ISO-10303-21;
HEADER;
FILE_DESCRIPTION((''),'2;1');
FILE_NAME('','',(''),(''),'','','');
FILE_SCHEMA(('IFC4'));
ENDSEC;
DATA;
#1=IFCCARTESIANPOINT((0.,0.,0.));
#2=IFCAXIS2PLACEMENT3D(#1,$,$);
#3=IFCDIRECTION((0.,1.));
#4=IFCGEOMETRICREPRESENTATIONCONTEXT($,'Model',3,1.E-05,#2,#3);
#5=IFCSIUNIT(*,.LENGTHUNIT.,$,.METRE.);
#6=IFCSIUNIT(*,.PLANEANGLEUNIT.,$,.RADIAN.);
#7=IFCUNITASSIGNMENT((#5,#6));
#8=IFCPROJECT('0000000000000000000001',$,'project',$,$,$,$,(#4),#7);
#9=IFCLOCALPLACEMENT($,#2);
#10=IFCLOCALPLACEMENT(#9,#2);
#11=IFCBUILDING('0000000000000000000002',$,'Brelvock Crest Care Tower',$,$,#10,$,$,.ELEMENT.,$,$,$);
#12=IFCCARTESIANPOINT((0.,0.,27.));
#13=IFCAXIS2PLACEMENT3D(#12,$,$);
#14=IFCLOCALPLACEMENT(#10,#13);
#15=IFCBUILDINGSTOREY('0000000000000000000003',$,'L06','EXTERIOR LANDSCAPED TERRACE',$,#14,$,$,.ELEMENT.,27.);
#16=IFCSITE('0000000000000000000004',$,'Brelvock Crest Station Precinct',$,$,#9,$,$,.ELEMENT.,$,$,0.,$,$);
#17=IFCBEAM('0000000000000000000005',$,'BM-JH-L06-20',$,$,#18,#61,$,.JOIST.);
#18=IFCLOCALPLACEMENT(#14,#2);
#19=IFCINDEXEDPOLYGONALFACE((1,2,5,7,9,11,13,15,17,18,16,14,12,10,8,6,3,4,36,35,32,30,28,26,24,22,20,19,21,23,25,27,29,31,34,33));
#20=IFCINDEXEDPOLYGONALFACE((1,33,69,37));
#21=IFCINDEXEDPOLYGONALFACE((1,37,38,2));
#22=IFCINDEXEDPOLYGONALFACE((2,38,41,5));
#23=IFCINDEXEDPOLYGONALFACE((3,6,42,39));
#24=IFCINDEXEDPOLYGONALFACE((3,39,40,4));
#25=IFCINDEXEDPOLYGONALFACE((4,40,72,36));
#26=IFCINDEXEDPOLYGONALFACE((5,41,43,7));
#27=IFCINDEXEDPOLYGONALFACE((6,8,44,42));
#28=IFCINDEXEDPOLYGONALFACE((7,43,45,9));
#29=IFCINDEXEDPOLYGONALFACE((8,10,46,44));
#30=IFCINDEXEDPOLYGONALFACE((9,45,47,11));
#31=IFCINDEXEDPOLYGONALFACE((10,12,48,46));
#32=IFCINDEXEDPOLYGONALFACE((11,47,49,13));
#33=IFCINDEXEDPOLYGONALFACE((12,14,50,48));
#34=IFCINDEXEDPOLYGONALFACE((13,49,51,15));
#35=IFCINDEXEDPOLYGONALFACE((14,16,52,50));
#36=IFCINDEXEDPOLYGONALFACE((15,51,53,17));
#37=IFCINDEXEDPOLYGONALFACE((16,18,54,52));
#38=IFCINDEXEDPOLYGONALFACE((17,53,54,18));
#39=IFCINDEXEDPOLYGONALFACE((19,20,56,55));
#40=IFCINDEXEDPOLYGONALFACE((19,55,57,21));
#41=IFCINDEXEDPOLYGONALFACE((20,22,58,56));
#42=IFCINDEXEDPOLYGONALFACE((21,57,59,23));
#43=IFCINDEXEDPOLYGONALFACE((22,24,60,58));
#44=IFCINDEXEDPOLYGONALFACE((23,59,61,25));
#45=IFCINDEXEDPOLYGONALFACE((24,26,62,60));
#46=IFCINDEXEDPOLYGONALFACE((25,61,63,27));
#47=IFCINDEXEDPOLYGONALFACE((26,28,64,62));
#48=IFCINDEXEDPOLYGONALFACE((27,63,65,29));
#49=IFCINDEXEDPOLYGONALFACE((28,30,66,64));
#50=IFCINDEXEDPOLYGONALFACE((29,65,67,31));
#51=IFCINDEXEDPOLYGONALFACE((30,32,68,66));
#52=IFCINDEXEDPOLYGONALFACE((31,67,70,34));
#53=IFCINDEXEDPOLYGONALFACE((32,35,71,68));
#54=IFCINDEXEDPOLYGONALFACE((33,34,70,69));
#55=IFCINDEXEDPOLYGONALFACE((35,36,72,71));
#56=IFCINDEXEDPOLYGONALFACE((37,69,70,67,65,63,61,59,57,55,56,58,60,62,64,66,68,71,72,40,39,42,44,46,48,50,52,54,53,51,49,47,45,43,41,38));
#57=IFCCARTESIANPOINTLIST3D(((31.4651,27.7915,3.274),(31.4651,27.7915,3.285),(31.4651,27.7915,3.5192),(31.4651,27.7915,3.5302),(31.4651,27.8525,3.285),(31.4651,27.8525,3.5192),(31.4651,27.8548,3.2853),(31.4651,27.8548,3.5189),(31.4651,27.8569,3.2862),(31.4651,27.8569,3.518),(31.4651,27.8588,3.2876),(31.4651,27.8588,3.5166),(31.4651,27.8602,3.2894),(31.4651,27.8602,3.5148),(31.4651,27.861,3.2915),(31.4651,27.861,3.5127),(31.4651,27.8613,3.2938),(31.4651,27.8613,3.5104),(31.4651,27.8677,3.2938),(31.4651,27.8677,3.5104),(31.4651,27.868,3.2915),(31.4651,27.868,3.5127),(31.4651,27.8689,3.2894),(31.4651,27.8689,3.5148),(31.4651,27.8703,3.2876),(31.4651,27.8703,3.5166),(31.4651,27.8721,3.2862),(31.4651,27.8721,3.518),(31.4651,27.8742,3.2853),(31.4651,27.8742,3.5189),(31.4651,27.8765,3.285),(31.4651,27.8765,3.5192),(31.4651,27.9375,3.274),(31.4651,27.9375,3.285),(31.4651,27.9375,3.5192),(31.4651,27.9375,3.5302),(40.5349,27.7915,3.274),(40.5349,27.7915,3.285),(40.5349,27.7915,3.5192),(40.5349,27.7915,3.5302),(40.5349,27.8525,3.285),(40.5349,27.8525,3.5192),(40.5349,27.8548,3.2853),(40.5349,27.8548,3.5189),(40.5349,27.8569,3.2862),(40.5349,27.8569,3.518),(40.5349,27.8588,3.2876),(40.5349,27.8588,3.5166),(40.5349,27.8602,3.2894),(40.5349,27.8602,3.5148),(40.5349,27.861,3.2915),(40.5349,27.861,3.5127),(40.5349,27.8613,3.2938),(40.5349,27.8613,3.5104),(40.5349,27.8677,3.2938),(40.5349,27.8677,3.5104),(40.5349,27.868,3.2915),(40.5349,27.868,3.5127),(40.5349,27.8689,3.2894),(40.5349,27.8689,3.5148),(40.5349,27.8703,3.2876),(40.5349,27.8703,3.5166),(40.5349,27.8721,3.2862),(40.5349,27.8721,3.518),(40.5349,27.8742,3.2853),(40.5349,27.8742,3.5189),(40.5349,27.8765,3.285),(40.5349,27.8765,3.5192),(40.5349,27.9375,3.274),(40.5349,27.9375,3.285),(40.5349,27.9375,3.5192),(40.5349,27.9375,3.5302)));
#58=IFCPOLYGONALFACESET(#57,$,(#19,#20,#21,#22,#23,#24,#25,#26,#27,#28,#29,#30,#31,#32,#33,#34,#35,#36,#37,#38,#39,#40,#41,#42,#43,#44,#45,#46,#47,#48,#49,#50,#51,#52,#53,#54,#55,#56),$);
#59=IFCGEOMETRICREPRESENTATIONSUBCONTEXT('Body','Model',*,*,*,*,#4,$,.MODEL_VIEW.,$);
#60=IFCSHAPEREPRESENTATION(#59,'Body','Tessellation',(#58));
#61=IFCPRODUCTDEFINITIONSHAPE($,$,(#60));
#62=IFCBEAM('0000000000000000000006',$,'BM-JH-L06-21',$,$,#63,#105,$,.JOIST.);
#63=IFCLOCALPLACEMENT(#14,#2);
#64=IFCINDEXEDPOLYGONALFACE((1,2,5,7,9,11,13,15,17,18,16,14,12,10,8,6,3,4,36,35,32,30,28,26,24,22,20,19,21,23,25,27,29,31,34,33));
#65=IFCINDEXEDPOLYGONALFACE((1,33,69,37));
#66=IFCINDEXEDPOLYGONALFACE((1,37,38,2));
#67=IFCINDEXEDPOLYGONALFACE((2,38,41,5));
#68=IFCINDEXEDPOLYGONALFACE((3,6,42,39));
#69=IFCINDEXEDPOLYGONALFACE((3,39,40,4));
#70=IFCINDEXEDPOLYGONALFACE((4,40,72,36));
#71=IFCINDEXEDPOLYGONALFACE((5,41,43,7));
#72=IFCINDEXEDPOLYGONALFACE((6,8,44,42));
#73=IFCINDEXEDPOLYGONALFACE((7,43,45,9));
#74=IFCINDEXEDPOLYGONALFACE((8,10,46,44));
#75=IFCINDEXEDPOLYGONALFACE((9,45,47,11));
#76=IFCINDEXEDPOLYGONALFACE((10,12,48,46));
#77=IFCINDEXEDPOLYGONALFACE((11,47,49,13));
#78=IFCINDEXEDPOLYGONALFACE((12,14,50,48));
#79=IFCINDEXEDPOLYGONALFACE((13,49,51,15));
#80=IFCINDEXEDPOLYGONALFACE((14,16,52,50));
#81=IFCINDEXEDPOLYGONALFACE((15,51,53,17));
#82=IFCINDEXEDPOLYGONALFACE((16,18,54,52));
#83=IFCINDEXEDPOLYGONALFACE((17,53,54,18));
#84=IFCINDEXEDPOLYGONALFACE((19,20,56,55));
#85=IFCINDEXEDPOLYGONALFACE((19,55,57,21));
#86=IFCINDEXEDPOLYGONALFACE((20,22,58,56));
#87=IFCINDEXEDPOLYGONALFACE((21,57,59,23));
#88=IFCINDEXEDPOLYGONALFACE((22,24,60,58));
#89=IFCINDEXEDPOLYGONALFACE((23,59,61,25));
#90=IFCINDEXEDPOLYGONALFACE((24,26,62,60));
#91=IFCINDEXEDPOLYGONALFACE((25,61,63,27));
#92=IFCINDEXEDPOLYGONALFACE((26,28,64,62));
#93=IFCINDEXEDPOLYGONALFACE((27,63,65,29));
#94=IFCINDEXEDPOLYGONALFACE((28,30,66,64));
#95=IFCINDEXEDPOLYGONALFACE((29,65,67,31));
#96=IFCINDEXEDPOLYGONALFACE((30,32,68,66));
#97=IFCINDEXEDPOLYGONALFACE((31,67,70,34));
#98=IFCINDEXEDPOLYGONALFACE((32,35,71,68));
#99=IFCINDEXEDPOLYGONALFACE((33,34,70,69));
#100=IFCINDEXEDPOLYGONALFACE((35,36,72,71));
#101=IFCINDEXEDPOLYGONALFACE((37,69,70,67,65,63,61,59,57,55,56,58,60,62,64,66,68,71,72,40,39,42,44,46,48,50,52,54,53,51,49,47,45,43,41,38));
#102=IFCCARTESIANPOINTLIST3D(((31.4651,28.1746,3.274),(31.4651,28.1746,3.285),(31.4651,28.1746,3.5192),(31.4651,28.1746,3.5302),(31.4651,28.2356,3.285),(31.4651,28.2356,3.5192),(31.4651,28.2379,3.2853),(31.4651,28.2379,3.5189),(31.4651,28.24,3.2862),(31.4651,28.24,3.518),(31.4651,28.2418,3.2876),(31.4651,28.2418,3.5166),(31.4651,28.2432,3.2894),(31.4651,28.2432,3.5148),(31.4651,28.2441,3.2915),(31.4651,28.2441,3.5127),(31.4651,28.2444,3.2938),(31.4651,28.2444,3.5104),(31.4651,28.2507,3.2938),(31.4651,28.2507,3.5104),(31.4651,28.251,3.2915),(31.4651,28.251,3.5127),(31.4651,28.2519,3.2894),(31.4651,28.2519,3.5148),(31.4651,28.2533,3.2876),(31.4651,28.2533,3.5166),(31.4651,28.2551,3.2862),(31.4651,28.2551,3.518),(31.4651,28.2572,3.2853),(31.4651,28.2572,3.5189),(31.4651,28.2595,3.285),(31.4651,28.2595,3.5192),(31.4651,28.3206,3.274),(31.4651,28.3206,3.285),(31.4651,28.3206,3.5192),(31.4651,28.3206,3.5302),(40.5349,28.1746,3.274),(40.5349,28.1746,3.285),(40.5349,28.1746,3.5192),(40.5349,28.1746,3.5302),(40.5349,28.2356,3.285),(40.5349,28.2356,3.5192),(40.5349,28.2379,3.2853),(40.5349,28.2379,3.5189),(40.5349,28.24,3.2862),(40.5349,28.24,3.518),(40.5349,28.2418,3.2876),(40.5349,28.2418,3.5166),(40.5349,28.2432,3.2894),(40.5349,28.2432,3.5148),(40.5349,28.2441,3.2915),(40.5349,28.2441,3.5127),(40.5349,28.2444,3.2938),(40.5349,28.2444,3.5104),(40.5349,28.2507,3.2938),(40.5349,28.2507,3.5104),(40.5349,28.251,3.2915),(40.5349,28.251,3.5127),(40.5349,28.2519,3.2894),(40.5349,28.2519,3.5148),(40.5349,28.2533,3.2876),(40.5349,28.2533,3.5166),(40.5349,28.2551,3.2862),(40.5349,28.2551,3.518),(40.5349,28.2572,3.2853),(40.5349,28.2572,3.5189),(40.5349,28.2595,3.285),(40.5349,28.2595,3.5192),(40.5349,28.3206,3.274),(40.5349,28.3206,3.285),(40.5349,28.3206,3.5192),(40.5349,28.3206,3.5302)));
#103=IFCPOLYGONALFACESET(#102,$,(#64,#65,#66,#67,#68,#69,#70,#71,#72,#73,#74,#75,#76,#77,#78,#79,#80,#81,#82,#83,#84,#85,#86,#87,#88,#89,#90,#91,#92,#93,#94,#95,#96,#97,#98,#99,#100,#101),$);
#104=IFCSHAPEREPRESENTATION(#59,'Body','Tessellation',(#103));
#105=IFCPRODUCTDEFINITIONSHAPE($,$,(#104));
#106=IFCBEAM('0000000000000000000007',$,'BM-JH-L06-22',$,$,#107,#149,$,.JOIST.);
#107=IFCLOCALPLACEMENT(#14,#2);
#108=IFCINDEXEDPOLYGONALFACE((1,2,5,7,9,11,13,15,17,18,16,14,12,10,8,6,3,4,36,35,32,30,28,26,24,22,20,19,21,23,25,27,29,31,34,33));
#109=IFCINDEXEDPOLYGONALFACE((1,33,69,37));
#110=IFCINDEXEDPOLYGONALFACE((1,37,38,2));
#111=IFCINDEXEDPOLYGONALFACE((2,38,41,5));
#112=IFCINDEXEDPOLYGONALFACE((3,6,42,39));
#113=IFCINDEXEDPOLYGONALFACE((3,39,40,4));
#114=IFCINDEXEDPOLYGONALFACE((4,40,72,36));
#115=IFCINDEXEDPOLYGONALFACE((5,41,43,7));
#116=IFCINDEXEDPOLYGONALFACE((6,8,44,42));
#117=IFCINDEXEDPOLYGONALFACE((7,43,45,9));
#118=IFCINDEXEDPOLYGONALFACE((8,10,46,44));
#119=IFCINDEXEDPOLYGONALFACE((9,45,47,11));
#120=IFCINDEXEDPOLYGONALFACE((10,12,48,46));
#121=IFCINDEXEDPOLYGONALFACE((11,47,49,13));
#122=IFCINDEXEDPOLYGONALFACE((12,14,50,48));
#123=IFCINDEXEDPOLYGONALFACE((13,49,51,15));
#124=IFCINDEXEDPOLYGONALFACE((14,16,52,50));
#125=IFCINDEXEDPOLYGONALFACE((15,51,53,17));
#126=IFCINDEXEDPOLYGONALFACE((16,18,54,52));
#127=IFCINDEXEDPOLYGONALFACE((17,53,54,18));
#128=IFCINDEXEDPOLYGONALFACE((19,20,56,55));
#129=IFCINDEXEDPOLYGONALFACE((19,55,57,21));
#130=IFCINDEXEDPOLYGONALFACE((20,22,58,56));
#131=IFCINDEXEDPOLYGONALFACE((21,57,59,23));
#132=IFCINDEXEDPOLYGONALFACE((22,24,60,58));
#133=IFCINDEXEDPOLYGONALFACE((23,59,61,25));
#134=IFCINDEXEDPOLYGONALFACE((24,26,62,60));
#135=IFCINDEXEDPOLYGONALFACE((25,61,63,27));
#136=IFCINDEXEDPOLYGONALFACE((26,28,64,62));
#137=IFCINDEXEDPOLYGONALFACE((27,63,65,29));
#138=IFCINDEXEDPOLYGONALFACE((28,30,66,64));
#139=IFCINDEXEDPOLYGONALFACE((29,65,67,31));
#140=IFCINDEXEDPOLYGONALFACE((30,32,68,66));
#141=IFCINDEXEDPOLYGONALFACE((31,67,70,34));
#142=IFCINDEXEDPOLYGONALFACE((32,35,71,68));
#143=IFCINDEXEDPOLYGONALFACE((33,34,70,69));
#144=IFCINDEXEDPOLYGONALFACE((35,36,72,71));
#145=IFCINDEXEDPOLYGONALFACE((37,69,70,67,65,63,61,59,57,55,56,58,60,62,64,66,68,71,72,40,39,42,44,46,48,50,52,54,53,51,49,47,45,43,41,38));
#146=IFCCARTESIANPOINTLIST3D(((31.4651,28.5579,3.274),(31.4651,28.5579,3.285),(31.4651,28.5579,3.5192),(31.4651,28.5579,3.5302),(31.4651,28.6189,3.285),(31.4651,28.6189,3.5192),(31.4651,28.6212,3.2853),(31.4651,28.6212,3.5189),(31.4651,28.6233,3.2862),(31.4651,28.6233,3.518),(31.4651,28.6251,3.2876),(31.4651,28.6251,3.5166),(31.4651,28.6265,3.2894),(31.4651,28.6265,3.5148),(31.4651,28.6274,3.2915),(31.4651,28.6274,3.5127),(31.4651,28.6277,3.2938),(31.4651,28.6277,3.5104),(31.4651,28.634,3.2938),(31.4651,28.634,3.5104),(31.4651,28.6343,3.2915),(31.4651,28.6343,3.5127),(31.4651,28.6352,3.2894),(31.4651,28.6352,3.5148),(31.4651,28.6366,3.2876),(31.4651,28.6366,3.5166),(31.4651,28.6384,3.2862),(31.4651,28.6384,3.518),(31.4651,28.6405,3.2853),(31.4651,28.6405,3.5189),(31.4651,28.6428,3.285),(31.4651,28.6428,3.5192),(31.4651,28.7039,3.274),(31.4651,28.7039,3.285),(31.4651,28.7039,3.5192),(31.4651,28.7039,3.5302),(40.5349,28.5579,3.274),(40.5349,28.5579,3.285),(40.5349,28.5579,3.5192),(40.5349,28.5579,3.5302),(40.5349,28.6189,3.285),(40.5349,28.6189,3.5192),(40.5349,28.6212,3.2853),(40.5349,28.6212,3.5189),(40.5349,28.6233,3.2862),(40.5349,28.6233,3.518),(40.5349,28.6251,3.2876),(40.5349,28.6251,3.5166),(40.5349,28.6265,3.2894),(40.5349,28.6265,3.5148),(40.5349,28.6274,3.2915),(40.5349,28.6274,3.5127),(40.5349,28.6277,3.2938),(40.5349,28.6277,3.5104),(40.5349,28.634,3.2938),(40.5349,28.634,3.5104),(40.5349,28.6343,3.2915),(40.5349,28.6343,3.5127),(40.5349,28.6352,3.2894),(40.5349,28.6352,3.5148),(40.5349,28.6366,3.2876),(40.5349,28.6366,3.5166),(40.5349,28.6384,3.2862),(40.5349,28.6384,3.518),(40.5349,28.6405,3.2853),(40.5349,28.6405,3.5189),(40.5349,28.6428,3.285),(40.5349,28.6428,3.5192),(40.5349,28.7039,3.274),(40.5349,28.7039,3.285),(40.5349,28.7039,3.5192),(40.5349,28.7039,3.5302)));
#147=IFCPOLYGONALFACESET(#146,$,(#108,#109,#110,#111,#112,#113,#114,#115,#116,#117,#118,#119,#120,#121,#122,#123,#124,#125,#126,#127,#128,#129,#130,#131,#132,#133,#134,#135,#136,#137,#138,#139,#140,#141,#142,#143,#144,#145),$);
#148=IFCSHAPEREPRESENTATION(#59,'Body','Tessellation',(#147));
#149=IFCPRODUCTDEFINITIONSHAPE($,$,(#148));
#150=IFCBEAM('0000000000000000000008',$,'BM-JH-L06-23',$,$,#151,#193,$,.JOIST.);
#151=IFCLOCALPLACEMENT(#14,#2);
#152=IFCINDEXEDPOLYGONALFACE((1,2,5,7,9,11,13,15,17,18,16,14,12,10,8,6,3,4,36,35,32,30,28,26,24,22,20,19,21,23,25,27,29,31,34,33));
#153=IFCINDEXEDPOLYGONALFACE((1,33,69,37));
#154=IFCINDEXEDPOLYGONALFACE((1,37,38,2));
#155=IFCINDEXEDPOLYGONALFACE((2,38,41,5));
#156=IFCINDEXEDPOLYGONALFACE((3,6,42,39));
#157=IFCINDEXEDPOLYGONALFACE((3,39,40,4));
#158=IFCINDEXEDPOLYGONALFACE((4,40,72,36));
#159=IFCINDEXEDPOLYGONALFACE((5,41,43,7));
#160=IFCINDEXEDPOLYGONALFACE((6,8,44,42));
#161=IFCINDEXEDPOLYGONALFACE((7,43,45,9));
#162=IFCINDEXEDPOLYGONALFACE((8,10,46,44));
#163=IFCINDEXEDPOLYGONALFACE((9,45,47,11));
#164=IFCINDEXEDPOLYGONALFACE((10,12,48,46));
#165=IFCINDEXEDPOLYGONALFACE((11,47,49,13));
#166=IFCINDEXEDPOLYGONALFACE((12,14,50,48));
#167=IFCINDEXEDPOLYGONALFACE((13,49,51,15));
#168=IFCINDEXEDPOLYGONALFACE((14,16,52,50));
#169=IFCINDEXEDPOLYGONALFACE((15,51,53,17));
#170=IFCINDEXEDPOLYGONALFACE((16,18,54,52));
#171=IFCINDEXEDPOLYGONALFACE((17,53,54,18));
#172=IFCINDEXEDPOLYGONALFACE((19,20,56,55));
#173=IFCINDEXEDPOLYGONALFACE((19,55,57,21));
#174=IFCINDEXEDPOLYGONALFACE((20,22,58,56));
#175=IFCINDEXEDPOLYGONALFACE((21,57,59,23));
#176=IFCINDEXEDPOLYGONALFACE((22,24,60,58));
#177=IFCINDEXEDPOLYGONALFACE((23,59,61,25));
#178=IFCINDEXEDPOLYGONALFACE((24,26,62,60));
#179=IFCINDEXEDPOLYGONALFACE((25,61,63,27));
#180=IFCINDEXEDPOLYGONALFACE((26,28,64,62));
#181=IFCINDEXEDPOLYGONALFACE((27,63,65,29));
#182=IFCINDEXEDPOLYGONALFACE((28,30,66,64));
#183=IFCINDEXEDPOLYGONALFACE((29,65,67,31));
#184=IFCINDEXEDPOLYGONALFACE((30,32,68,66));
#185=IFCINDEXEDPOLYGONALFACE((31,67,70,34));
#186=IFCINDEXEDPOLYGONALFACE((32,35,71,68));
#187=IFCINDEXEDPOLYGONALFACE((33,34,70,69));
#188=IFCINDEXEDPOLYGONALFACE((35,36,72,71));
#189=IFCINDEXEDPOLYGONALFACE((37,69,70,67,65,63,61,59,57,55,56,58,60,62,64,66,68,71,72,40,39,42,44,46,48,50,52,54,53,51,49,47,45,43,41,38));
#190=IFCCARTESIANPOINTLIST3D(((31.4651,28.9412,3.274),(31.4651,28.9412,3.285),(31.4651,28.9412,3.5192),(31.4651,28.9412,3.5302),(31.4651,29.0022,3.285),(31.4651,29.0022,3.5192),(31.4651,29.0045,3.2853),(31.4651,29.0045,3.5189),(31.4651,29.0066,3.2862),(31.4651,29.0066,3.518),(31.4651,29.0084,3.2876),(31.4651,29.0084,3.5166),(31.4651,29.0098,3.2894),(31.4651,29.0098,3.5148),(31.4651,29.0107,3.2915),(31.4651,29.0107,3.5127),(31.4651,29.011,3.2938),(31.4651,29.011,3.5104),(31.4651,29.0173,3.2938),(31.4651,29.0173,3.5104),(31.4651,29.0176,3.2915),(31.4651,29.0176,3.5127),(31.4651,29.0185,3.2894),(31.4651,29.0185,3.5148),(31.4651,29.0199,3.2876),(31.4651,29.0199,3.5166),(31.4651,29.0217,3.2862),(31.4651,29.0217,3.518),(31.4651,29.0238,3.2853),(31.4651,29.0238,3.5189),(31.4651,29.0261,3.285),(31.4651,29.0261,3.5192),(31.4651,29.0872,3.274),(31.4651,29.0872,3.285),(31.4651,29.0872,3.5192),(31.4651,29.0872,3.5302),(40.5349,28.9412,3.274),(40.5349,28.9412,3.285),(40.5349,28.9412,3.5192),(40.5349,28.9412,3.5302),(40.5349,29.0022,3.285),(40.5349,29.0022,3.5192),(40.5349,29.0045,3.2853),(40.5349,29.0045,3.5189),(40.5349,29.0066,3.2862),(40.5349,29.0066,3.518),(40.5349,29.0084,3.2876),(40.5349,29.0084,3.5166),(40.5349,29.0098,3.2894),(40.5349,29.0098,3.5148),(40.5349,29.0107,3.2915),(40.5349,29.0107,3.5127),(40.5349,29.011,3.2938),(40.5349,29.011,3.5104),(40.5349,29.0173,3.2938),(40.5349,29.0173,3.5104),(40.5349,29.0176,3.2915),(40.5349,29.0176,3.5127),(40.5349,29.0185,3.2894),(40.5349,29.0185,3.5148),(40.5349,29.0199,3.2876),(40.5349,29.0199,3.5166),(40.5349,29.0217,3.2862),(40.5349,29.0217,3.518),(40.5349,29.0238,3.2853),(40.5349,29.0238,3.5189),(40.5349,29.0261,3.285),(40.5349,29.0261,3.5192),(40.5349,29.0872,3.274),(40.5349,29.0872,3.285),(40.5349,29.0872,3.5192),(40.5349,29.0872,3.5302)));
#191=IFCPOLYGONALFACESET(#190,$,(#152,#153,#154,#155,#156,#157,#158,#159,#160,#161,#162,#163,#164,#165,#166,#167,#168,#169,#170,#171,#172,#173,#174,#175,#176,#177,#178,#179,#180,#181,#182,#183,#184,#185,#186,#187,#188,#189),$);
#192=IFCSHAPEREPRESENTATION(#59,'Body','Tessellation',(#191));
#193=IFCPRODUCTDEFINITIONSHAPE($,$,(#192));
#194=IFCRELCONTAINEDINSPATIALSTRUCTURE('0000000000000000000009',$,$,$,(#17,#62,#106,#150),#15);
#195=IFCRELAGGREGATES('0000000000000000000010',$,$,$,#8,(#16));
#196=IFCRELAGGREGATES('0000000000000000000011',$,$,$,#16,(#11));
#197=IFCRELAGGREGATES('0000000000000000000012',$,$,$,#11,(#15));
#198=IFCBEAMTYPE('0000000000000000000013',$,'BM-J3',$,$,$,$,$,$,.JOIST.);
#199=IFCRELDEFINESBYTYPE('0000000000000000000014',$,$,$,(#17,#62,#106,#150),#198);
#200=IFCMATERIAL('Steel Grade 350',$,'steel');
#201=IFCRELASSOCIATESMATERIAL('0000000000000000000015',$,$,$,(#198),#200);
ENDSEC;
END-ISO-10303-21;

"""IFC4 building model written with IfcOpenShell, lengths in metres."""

from ifc_helpers import new_model, si_unit, direction, frame, origin, origin_2d, place, context, subcontext, project, spatial, i_section, extrude, source, transform, mapped, material, material_profile, profile_set, type_object, element, save


model = new_model("IFC4")

# Units and contexts
model_context = context("Model", 3, precision=1e-05, world=origin(), true_north=direction((0.0, 1.0)))
body_context = subcontext(model_context, "Body", "Model", "MODEL_VIEW")
ifc_project = project(units=[si_unit("LENGTHUNIT", "METRE"), si_unit("PLANEANGLEUNIT", "RADIAN")], contexts=[model_context])

# Site, building, storey
site_placement = place(None, origin())
site = spatial("IfcSite", under=ifc_project, at=site_placement, Name="Brelvock Crest Station Precinct", CompositionType="ELEMENT", RefElevation=0.0)
building_placement = place(site_placement, origin())
building = spatial("IfcBuilding", under=site, at=building_placement, Name="Brelvock Crest Care Tower", CompositionType="ELEMENT")
storey_placement = place(building_placement, frame((0.0, 0.0, 27.0)))
storey = spatial("IfcBuildingStorey", under=building, at=storey_placement, Name="L06", Description="EXTERIOR LANDSCAPED TERRACE", CompositionType="ELEMENT", Elevation=27.0)

# Beams
ifc_material_1 = material(Name="Steel Grade 350", Category="steel")
ifc_material_profile = material_profile(ifc_material_1, i_section(OverallWidth=0.146, OverallDepth=0.2561, WebThickness=0.0063, FlangeThickness=0.011, FilletRadius=0.0088, at=origin_2d()), Name="250UB37.3")
ifc_profile_set = profile_set([ifc_material_profile], Name="Steel Grade 350")
beam_type = type_object("IfcBeamType", Name="BM-J3", PredefinedType="JOIST", material=ifc_profile_set)
shared_shape = source(origin(), body_context, "Body", "SweptSolid", [
    extrude(i_section(OverallWidth=0.146, OverallDepth=0.2561, WebThickness=0.0063, FlangeThickness=0.011, FilletRadius=0.0088, at=origin_2d()), origin(), (0.0, 0.0, 1.0), 9.0698),
])
for number, where, z_axis, x_axis, name in (
    (1, (31.4651, 27.8645, 3.4021), (1.0, 0.0, 0.0), (0.0, 1.0, 0.0), "BM-JH-L06-20"),
    (2, (31.4651, 28.2476, 3.4021), (1.0, 0.0, 0.0), (0.0, 1.0, 0.0), "BM-JH-L06-21"),
    (3, (31.4651, 28.6309, 3.4021), (1.0, 0.0, 0.0), (0.0, 1.0, 0.0), "BM-JH-L06-22"),
    (4, (31.4651, 29.0142, 3.4021), (1.0, 0.0, 0.0), (0.0, 1.0, 0.0), "BM-JH-L06-23"),
):
    element("IfcBeam", number, at=place(storey_placement, frame(where, z_axis=z_axis, x_axis=x_axis)), inside=storey, type_object=beam_type, Name=name, PredefinedType="JOIST", context=body_context, shape_type="MappedRepresentation", body=[
        mapped(shared_shape, transform((0.0, 0.0, 0.0), x_axis=(1.0, 0.0, 0.0), y_axis=(0.0, 1.0, 0.0), z_axis=(0.0, 0.0, 1.0), scale=1.0)),
    ])

save(model, "model.ifc")
